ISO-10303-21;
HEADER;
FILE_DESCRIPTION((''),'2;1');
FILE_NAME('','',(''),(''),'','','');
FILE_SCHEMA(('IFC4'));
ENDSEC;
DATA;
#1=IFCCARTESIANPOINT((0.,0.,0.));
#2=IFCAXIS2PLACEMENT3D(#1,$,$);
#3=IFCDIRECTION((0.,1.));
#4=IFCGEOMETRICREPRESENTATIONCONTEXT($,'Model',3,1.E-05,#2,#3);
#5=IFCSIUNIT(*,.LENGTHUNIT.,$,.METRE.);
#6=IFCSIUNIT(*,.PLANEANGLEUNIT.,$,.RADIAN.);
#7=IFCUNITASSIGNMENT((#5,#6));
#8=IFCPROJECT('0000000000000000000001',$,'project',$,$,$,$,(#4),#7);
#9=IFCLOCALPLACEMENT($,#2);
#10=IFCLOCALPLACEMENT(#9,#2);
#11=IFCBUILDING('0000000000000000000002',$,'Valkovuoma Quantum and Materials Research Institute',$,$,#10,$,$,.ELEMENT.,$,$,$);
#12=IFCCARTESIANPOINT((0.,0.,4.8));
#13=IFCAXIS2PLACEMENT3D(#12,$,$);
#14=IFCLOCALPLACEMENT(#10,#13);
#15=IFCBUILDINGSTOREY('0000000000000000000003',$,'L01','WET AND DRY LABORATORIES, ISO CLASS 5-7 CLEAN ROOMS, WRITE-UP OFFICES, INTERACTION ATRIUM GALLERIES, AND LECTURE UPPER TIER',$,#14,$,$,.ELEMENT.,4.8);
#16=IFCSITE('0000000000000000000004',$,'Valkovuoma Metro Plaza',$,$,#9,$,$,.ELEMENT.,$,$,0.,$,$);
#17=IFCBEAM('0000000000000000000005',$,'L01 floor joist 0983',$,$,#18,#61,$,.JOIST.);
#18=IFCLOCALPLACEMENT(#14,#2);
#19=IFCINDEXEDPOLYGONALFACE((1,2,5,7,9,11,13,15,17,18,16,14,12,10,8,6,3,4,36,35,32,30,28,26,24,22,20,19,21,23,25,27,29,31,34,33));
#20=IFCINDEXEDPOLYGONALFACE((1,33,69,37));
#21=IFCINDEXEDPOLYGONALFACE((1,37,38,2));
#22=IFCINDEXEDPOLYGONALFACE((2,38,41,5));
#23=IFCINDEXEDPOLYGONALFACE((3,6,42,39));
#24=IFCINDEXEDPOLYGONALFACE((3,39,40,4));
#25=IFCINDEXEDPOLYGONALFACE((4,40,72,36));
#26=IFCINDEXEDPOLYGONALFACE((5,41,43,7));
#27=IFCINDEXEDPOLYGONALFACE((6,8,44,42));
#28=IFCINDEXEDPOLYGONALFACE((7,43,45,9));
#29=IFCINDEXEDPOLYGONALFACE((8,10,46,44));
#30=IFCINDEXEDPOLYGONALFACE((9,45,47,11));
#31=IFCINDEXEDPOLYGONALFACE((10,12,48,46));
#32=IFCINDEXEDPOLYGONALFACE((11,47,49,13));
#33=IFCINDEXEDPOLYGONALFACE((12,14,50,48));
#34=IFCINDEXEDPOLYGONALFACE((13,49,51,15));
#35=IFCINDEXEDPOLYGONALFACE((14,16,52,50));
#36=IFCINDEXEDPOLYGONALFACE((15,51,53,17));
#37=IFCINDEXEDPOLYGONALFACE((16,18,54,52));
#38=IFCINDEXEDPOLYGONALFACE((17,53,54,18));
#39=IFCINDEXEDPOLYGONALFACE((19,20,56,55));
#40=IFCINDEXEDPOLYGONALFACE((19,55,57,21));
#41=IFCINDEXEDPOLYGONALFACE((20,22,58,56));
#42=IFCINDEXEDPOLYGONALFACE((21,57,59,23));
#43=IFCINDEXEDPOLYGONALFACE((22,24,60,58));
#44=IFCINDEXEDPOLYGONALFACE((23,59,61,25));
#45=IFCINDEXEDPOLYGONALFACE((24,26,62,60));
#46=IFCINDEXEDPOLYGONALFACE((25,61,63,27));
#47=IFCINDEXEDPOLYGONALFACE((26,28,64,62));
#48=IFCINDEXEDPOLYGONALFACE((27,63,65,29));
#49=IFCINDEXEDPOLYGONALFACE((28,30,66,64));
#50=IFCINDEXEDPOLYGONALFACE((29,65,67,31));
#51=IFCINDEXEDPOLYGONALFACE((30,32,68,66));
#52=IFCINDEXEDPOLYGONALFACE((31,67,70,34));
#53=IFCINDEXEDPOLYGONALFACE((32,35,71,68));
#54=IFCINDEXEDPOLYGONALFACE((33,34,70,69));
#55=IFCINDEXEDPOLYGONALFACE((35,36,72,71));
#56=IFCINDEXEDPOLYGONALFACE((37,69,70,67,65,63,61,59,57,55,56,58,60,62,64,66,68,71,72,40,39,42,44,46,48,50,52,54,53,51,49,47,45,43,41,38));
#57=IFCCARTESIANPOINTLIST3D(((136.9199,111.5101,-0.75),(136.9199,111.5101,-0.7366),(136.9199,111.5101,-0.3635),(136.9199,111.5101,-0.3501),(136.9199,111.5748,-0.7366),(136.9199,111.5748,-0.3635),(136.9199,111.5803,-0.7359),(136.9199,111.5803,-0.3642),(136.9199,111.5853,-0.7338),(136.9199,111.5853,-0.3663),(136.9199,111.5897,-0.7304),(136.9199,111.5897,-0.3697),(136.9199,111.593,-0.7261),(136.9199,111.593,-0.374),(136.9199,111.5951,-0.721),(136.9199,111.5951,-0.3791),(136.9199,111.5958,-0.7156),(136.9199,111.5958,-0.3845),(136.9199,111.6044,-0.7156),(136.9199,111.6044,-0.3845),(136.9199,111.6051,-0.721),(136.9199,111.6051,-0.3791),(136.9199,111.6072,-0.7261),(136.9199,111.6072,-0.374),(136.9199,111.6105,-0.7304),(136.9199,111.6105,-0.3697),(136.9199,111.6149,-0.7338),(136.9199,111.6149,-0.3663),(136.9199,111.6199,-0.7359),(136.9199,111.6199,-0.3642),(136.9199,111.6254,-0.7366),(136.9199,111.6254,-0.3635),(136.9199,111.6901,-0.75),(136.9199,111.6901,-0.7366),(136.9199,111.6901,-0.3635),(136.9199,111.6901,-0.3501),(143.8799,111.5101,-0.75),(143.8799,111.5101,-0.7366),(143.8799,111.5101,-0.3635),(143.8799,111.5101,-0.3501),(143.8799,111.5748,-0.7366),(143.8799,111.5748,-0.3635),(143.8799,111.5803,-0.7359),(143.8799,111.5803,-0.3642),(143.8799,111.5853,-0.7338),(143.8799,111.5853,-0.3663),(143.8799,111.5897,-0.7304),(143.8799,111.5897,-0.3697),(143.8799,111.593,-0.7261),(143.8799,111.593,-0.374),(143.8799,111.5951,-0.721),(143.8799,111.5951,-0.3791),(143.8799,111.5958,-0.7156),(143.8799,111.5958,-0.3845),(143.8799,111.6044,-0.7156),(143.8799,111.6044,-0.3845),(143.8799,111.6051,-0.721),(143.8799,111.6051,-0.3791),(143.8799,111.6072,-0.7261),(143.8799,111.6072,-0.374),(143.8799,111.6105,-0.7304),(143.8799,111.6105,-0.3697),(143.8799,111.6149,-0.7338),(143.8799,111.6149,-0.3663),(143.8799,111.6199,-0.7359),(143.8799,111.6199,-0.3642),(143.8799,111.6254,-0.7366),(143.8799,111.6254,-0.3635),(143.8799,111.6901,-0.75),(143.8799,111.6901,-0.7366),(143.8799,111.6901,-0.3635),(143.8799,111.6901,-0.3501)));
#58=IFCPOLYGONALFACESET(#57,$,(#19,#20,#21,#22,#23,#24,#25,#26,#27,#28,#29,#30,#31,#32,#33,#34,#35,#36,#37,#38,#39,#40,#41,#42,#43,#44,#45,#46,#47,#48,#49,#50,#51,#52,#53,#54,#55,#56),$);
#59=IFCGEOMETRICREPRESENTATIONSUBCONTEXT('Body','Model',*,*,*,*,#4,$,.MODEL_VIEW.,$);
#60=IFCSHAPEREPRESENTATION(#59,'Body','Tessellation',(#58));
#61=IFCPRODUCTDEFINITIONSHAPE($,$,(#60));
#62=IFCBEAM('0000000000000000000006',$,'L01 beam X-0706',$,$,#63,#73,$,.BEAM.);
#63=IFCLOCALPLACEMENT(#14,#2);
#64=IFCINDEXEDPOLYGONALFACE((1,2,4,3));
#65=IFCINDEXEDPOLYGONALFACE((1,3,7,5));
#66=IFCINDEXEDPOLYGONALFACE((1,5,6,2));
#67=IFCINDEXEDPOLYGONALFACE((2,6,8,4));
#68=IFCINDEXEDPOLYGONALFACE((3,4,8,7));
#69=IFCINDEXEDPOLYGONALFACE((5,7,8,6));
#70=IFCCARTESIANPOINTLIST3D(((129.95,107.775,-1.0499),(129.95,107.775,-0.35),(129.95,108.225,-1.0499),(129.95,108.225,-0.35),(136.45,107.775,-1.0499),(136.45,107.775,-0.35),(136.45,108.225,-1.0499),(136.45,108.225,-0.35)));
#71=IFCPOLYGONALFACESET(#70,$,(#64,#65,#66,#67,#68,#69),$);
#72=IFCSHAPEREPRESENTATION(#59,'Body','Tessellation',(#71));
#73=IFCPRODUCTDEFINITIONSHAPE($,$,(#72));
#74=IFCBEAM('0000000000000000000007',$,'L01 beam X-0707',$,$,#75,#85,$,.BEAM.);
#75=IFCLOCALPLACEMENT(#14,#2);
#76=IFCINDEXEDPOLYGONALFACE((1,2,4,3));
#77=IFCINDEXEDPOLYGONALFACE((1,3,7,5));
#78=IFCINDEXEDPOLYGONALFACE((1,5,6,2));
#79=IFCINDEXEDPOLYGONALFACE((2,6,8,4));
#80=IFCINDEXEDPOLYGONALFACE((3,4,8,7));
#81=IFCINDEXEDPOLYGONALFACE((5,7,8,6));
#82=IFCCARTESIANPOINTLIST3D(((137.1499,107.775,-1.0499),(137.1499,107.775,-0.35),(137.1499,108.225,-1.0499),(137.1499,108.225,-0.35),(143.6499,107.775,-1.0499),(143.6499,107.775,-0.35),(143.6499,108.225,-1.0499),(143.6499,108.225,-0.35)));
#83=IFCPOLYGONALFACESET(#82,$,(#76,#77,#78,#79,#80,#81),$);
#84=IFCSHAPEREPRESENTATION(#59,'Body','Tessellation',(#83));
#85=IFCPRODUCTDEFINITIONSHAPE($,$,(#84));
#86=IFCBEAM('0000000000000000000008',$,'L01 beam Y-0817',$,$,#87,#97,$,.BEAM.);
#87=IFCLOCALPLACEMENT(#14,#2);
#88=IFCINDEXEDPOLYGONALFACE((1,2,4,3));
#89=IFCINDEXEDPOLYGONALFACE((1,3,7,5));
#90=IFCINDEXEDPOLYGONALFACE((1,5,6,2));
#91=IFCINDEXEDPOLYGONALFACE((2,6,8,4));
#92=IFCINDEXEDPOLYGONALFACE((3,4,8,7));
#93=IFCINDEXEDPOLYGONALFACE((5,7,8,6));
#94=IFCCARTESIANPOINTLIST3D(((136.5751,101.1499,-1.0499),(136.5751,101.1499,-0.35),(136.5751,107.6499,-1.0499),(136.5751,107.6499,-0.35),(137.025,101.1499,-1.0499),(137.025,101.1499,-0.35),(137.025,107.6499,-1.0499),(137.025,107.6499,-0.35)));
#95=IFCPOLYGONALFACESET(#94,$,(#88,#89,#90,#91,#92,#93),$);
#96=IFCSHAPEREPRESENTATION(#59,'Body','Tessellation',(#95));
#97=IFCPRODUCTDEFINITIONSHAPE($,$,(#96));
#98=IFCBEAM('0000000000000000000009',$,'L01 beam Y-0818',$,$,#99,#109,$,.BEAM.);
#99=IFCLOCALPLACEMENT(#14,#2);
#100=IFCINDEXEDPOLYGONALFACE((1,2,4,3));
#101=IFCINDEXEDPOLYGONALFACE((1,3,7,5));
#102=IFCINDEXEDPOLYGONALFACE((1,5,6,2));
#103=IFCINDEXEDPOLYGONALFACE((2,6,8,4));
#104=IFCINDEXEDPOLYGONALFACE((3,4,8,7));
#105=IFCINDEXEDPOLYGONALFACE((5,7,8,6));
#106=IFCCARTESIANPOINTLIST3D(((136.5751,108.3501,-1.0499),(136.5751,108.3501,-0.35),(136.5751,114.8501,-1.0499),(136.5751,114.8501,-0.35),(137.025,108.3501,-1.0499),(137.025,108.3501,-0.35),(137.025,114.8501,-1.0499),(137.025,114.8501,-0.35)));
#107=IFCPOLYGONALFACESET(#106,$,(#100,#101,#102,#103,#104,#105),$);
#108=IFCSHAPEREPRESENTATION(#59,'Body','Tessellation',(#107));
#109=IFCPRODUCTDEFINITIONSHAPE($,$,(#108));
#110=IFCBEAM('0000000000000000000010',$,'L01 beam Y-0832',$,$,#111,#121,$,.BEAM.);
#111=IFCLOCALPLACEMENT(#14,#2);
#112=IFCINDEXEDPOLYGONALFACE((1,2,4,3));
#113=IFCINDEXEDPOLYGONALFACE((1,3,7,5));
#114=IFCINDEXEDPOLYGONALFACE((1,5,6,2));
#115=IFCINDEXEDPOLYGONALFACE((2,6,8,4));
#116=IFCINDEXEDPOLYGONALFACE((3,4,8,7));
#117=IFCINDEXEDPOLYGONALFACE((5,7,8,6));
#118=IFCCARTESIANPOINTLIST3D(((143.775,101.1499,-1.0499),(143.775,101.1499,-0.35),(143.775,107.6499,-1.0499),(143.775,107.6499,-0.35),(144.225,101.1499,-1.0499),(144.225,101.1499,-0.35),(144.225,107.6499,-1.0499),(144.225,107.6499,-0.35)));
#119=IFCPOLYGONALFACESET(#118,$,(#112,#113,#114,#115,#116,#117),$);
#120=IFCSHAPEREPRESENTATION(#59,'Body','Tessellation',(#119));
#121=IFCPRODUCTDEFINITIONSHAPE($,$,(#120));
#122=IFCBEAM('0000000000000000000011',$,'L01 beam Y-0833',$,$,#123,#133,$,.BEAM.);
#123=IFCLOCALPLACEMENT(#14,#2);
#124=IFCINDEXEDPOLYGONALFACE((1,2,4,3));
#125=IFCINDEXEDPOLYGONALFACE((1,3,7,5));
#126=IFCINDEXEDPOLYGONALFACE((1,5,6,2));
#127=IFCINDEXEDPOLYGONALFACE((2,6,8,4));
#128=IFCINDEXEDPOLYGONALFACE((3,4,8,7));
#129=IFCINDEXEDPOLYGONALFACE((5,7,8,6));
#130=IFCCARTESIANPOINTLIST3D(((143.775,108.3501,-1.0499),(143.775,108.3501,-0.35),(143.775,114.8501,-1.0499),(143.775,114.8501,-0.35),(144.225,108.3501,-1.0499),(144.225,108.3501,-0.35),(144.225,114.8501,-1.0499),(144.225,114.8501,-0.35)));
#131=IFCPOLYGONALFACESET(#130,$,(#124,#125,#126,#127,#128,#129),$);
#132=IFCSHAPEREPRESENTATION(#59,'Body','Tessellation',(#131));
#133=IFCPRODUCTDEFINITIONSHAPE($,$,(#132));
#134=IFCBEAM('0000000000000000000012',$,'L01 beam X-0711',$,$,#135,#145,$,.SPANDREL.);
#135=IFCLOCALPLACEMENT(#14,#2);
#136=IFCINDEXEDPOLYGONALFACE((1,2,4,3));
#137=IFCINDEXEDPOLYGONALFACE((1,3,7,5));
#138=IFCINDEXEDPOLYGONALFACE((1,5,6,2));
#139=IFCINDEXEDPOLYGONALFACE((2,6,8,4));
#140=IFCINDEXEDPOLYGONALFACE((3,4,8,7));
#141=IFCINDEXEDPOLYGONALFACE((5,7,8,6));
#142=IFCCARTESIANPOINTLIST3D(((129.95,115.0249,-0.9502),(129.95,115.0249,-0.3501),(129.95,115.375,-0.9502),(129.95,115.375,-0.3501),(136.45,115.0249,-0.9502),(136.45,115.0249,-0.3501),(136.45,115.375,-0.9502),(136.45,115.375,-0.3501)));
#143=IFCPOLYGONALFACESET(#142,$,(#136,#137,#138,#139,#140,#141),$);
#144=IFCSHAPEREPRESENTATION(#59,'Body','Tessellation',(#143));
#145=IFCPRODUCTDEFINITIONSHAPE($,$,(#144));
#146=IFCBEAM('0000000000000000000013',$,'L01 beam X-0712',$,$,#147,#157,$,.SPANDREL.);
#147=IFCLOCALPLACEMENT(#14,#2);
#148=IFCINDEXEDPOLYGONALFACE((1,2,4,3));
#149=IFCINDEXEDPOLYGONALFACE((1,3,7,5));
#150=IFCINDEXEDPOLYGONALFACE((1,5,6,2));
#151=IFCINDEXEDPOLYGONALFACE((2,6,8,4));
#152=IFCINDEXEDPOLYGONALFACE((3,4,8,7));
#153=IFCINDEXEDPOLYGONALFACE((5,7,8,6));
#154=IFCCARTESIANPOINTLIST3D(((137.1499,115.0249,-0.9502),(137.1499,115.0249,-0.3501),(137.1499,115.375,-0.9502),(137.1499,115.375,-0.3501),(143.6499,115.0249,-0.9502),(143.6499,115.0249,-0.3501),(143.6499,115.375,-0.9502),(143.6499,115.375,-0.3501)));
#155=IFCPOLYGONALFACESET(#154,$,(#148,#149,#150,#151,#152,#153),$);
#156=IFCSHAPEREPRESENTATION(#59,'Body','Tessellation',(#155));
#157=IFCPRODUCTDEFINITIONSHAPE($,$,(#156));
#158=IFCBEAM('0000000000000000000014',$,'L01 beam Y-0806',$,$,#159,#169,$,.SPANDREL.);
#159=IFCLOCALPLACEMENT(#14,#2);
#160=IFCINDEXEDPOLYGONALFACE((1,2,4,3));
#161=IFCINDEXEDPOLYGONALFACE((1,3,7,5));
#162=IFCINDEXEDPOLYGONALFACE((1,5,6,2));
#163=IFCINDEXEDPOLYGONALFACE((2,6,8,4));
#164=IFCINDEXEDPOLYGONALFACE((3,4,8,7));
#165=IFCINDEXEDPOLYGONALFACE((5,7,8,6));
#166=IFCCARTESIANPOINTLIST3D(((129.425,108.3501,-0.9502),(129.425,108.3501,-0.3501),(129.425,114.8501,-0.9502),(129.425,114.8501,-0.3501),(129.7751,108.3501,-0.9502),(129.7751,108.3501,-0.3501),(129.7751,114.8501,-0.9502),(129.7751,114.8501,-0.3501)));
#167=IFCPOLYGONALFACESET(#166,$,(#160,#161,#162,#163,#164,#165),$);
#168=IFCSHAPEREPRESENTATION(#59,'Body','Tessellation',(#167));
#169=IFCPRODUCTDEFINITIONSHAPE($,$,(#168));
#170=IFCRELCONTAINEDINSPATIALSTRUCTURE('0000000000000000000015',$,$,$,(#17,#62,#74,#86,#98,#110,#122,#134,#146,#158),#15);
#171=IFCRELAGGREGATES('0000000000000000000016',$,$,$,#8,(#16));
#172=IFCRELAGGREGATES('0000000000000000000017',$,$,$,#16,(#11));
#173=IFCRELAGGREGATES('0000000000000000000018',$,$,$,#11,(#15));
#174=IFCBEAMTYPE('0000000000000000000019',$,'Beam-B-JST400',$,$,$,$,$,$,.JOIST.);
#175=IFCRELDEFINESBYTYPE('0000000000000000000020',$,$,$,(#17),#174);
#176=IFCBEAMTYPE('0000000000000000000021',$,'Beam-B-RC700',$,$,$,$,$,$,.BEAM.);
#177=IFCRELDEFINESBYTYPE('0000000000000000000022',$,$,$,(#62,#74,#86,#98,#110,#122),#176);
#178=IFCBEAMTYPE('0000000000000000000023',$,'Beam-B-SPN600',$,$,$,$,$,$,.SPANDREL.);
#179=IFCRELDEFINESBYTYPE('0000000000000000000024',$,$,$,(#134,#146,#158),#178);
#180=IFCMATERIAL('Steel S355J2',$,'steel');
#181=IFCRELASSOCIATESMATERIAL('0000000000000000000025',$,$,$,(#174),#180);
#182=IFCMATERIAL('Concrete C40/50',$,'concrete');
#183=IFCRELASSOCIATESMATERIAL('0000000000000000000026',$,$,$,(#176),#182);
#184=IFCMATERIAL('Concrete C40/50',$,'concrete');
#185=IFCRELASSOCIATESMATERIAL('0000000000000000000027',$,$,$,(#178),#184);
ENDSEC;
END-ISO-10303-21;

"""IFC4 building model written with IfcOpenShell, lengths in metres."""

from ifc_helpers import new_model, si_unit, direction, frame, origin, origin_2d, place, context, subcontext, project, spatial, rectangle, i_section, extrude, material, material_profile, profile_set, type_object, element, save


model = new_model("IFC4")

# Units and contexts
model_context = context("Model", 3, precision=1e-05, world=origin(), true_north=direction((0.0, 1.0)))
body_context = subcontext(model_context, "Body", "Model", "MODEL_VIEW")
ifc_project = project(units=[si_unit("LENGTHUNIT", "METRE"), si_unit("PLANEANGLEUNIT", "RADIAN")], contexts=[model_context])

# Site, building, storey
site_placement = place(None, origin())
site = spatial("IfcSite", under=ifc_project, at=site_placement, Name="Valkovuoma Metro Plaza", CompositionType="ELEMENT", RefElevation=0.0)
building_placement = place(site_placement, origin())
building = spatial("IfcBuilding", under=site, at=building_placement, Name="Valkovuoma Quantum and Materials Research Institute", CompositionType="ELEMENT")
storey_placement = place(building_placement, frame((0.0, 0.0, 4.8)))
storey = spatial("IfcBuildingStorey", under=building, at=storey_placement, Name="L01", Description="WET AND DRY LABORATORIES, ISO CLASS 5-7 CLEAN ROOMS, WRITE-UP OFFICES, INTERACTION ATRIUM GALLERIES, AND LECTURE UPPER TIER", CompositionType="ELEMENT", Elevation=4.8)

# Beams
ifc_material_1 = material(Name="Steel S355J2", Category="steel")
ifc_material_profile_1 = material_profile(ifc_material_1, i_section(OverallWidth=0.1799, OverallDepth=0.3999, WebThickness=0.0085, FlangeThickness=0.0134, FilletRadius=0.021, at=origin_2d()), Name="Steel S355J2")
ifc_profile_set_1 = profile_set([ifc_material_profile_1], Name="Steel S355J2")
beam_type_1 = type_object("IfcBeamType", Name="Beam-B-JST400", PredefinedType="JOIST", material=ifc_profile_set_1)
for number, where, z_axis, x_axis, name in (
    (1, (136.9199, 111.6001, -0.55), (1.0, 0.0, 0.0), (0.0, 1.0, 0.0), "L01 floor joist 0983"),
):
    element("IfcBeam", number, at=place(storey_placement, frame(where, z_axis=z_axis, x_axis=x_axis)), inside=storey, type_object=beam_type_1, Name=name, PredefinedType="JOIST", context=body_context, shape_type="SweptSolid", body=[
        extrude(i_section(OverallWidth=0.1799, OverallDepth=0.3999, WebThickness=0.0085, FlangeThickness=0.0134, FilletRadius=0.021, at=origin_2d()), origin(), (0.0, 0.0, 1.0), 6.96),
    ])
ifc_material_2 = material(Name="Concrete C40/50", Category="concrete")
ifc_material_profile_2 = material_profile(ifc_material_2, rectangle(XDim=0.45, YDim=0.7, at=origin_2d()), Name="Concrete C40/50")
ifc_profile_set_2 = profile_set([ifc_material_profile_2], Name="Concrete C40/50")
beam_type_2 = type_object("IfcBeamType", Name="Beam-B-RC700", PredefinedType="BEAM", material=ifc_profile_set_2)
for number, where, z_axis, x_axis, name in (
    (2, (129.95, 108.0, -0.7), (1.0, 0.0, 0.0), (0.0, 1.0, 0.0), "L01 beam X-0706"),
    (3, (137.1499, 108.0, -0.7), (1.0, 0.0, 0.0), (0.0, 1.0, 0.0), "L01 beam X-0707"),
    (4, (136.8, 101.1499, -0.7), (0.0, 1.0, 0.0), (-1.0, 0.0, 0.0), "L01 beam Y-0817"),
    (5, (136.8, 108.3501, -0.7), (0.0, 1.0, 0.0), (-1.0, 0.0, 0.0), "L01 beam Y-0818"),
    (6, (144.0, 101.1499, -0.7), (0.0, 1.0, 0.0), (-1.0, 0.0, 0.0), "L01 beam Y-0832"),
    (7, (144.0, 108.3501, -0.7), (0.0, 1.0, 0.0), (-1.0, 0.0, 0.0), "L01 beam Y-0833"),
):
    element("IfcBeam", number, at=place(storey_placement, frame(where, z_axis=z_axis, x_axis=x_axis)), inside=storey, type_object=beam_type_2, Name=name, PredefinedType="BEAM", context=body_context, shape_type="SweptSolid", body=[
        extrude(rectangle(XDim=0.45, YDim=0.7, at=origin_2d()), origin(), (0.0, 0.0, 1.0), 6.5),
    ])
ifc_material_3 = material(Name="Concrete C40/50", Category="concrete")
ifc_material_profile_3 = material_profile(ifc_material_3, rectangle(XDim=0.3501, YDim=0.6001, at=origin_2d()), Name="Concrete C40/50")
ifc_profile_set_3 = profile_set([ifc_material_profile_3], Name="Concrete C40/50")
beam_type_3 = type_object("IfcBeamType", Name="Beam-B-SPN600", PredefinedType="SPANDREL", material=ifc_profile_set_3)
for number, where, z_axis, x_axis, name in (
    (8, (129.95, 115.2, -0.6501), (1.0, 0.0, 0.0), (0.0, 1.0, 0.0), "L01 beam X-0711"),
    (9, (137.1499, 115.2, -0.6501), (1.0, 0.0, 0.0), (0.0, 1.0, 0.0), "L01 beam X-0712"),
    (10, (129.6001, 108.3501, -0.6501), (0.0, 1.0, 0.0), (-1.0, 0.0, 0.0), "L01 beam Y-0806"),
):
    element("IfcBeam", number, at=place(storey_placement, frame(where, z_axis=z_axis, x_axis=x_axis)), inside=storey, type_object=beam_type_3, Name=name, PredefinedType="SPANDREL", context=body_context, shape_type="SweptSolid", body=[
        extrude(rectangle(XDim=0.3501, YDim=0.6001, at=origin_2d()), origin(), (0.0, 0.0, 1.0), 6.5),
    ])

save(model, "model.ifc")
